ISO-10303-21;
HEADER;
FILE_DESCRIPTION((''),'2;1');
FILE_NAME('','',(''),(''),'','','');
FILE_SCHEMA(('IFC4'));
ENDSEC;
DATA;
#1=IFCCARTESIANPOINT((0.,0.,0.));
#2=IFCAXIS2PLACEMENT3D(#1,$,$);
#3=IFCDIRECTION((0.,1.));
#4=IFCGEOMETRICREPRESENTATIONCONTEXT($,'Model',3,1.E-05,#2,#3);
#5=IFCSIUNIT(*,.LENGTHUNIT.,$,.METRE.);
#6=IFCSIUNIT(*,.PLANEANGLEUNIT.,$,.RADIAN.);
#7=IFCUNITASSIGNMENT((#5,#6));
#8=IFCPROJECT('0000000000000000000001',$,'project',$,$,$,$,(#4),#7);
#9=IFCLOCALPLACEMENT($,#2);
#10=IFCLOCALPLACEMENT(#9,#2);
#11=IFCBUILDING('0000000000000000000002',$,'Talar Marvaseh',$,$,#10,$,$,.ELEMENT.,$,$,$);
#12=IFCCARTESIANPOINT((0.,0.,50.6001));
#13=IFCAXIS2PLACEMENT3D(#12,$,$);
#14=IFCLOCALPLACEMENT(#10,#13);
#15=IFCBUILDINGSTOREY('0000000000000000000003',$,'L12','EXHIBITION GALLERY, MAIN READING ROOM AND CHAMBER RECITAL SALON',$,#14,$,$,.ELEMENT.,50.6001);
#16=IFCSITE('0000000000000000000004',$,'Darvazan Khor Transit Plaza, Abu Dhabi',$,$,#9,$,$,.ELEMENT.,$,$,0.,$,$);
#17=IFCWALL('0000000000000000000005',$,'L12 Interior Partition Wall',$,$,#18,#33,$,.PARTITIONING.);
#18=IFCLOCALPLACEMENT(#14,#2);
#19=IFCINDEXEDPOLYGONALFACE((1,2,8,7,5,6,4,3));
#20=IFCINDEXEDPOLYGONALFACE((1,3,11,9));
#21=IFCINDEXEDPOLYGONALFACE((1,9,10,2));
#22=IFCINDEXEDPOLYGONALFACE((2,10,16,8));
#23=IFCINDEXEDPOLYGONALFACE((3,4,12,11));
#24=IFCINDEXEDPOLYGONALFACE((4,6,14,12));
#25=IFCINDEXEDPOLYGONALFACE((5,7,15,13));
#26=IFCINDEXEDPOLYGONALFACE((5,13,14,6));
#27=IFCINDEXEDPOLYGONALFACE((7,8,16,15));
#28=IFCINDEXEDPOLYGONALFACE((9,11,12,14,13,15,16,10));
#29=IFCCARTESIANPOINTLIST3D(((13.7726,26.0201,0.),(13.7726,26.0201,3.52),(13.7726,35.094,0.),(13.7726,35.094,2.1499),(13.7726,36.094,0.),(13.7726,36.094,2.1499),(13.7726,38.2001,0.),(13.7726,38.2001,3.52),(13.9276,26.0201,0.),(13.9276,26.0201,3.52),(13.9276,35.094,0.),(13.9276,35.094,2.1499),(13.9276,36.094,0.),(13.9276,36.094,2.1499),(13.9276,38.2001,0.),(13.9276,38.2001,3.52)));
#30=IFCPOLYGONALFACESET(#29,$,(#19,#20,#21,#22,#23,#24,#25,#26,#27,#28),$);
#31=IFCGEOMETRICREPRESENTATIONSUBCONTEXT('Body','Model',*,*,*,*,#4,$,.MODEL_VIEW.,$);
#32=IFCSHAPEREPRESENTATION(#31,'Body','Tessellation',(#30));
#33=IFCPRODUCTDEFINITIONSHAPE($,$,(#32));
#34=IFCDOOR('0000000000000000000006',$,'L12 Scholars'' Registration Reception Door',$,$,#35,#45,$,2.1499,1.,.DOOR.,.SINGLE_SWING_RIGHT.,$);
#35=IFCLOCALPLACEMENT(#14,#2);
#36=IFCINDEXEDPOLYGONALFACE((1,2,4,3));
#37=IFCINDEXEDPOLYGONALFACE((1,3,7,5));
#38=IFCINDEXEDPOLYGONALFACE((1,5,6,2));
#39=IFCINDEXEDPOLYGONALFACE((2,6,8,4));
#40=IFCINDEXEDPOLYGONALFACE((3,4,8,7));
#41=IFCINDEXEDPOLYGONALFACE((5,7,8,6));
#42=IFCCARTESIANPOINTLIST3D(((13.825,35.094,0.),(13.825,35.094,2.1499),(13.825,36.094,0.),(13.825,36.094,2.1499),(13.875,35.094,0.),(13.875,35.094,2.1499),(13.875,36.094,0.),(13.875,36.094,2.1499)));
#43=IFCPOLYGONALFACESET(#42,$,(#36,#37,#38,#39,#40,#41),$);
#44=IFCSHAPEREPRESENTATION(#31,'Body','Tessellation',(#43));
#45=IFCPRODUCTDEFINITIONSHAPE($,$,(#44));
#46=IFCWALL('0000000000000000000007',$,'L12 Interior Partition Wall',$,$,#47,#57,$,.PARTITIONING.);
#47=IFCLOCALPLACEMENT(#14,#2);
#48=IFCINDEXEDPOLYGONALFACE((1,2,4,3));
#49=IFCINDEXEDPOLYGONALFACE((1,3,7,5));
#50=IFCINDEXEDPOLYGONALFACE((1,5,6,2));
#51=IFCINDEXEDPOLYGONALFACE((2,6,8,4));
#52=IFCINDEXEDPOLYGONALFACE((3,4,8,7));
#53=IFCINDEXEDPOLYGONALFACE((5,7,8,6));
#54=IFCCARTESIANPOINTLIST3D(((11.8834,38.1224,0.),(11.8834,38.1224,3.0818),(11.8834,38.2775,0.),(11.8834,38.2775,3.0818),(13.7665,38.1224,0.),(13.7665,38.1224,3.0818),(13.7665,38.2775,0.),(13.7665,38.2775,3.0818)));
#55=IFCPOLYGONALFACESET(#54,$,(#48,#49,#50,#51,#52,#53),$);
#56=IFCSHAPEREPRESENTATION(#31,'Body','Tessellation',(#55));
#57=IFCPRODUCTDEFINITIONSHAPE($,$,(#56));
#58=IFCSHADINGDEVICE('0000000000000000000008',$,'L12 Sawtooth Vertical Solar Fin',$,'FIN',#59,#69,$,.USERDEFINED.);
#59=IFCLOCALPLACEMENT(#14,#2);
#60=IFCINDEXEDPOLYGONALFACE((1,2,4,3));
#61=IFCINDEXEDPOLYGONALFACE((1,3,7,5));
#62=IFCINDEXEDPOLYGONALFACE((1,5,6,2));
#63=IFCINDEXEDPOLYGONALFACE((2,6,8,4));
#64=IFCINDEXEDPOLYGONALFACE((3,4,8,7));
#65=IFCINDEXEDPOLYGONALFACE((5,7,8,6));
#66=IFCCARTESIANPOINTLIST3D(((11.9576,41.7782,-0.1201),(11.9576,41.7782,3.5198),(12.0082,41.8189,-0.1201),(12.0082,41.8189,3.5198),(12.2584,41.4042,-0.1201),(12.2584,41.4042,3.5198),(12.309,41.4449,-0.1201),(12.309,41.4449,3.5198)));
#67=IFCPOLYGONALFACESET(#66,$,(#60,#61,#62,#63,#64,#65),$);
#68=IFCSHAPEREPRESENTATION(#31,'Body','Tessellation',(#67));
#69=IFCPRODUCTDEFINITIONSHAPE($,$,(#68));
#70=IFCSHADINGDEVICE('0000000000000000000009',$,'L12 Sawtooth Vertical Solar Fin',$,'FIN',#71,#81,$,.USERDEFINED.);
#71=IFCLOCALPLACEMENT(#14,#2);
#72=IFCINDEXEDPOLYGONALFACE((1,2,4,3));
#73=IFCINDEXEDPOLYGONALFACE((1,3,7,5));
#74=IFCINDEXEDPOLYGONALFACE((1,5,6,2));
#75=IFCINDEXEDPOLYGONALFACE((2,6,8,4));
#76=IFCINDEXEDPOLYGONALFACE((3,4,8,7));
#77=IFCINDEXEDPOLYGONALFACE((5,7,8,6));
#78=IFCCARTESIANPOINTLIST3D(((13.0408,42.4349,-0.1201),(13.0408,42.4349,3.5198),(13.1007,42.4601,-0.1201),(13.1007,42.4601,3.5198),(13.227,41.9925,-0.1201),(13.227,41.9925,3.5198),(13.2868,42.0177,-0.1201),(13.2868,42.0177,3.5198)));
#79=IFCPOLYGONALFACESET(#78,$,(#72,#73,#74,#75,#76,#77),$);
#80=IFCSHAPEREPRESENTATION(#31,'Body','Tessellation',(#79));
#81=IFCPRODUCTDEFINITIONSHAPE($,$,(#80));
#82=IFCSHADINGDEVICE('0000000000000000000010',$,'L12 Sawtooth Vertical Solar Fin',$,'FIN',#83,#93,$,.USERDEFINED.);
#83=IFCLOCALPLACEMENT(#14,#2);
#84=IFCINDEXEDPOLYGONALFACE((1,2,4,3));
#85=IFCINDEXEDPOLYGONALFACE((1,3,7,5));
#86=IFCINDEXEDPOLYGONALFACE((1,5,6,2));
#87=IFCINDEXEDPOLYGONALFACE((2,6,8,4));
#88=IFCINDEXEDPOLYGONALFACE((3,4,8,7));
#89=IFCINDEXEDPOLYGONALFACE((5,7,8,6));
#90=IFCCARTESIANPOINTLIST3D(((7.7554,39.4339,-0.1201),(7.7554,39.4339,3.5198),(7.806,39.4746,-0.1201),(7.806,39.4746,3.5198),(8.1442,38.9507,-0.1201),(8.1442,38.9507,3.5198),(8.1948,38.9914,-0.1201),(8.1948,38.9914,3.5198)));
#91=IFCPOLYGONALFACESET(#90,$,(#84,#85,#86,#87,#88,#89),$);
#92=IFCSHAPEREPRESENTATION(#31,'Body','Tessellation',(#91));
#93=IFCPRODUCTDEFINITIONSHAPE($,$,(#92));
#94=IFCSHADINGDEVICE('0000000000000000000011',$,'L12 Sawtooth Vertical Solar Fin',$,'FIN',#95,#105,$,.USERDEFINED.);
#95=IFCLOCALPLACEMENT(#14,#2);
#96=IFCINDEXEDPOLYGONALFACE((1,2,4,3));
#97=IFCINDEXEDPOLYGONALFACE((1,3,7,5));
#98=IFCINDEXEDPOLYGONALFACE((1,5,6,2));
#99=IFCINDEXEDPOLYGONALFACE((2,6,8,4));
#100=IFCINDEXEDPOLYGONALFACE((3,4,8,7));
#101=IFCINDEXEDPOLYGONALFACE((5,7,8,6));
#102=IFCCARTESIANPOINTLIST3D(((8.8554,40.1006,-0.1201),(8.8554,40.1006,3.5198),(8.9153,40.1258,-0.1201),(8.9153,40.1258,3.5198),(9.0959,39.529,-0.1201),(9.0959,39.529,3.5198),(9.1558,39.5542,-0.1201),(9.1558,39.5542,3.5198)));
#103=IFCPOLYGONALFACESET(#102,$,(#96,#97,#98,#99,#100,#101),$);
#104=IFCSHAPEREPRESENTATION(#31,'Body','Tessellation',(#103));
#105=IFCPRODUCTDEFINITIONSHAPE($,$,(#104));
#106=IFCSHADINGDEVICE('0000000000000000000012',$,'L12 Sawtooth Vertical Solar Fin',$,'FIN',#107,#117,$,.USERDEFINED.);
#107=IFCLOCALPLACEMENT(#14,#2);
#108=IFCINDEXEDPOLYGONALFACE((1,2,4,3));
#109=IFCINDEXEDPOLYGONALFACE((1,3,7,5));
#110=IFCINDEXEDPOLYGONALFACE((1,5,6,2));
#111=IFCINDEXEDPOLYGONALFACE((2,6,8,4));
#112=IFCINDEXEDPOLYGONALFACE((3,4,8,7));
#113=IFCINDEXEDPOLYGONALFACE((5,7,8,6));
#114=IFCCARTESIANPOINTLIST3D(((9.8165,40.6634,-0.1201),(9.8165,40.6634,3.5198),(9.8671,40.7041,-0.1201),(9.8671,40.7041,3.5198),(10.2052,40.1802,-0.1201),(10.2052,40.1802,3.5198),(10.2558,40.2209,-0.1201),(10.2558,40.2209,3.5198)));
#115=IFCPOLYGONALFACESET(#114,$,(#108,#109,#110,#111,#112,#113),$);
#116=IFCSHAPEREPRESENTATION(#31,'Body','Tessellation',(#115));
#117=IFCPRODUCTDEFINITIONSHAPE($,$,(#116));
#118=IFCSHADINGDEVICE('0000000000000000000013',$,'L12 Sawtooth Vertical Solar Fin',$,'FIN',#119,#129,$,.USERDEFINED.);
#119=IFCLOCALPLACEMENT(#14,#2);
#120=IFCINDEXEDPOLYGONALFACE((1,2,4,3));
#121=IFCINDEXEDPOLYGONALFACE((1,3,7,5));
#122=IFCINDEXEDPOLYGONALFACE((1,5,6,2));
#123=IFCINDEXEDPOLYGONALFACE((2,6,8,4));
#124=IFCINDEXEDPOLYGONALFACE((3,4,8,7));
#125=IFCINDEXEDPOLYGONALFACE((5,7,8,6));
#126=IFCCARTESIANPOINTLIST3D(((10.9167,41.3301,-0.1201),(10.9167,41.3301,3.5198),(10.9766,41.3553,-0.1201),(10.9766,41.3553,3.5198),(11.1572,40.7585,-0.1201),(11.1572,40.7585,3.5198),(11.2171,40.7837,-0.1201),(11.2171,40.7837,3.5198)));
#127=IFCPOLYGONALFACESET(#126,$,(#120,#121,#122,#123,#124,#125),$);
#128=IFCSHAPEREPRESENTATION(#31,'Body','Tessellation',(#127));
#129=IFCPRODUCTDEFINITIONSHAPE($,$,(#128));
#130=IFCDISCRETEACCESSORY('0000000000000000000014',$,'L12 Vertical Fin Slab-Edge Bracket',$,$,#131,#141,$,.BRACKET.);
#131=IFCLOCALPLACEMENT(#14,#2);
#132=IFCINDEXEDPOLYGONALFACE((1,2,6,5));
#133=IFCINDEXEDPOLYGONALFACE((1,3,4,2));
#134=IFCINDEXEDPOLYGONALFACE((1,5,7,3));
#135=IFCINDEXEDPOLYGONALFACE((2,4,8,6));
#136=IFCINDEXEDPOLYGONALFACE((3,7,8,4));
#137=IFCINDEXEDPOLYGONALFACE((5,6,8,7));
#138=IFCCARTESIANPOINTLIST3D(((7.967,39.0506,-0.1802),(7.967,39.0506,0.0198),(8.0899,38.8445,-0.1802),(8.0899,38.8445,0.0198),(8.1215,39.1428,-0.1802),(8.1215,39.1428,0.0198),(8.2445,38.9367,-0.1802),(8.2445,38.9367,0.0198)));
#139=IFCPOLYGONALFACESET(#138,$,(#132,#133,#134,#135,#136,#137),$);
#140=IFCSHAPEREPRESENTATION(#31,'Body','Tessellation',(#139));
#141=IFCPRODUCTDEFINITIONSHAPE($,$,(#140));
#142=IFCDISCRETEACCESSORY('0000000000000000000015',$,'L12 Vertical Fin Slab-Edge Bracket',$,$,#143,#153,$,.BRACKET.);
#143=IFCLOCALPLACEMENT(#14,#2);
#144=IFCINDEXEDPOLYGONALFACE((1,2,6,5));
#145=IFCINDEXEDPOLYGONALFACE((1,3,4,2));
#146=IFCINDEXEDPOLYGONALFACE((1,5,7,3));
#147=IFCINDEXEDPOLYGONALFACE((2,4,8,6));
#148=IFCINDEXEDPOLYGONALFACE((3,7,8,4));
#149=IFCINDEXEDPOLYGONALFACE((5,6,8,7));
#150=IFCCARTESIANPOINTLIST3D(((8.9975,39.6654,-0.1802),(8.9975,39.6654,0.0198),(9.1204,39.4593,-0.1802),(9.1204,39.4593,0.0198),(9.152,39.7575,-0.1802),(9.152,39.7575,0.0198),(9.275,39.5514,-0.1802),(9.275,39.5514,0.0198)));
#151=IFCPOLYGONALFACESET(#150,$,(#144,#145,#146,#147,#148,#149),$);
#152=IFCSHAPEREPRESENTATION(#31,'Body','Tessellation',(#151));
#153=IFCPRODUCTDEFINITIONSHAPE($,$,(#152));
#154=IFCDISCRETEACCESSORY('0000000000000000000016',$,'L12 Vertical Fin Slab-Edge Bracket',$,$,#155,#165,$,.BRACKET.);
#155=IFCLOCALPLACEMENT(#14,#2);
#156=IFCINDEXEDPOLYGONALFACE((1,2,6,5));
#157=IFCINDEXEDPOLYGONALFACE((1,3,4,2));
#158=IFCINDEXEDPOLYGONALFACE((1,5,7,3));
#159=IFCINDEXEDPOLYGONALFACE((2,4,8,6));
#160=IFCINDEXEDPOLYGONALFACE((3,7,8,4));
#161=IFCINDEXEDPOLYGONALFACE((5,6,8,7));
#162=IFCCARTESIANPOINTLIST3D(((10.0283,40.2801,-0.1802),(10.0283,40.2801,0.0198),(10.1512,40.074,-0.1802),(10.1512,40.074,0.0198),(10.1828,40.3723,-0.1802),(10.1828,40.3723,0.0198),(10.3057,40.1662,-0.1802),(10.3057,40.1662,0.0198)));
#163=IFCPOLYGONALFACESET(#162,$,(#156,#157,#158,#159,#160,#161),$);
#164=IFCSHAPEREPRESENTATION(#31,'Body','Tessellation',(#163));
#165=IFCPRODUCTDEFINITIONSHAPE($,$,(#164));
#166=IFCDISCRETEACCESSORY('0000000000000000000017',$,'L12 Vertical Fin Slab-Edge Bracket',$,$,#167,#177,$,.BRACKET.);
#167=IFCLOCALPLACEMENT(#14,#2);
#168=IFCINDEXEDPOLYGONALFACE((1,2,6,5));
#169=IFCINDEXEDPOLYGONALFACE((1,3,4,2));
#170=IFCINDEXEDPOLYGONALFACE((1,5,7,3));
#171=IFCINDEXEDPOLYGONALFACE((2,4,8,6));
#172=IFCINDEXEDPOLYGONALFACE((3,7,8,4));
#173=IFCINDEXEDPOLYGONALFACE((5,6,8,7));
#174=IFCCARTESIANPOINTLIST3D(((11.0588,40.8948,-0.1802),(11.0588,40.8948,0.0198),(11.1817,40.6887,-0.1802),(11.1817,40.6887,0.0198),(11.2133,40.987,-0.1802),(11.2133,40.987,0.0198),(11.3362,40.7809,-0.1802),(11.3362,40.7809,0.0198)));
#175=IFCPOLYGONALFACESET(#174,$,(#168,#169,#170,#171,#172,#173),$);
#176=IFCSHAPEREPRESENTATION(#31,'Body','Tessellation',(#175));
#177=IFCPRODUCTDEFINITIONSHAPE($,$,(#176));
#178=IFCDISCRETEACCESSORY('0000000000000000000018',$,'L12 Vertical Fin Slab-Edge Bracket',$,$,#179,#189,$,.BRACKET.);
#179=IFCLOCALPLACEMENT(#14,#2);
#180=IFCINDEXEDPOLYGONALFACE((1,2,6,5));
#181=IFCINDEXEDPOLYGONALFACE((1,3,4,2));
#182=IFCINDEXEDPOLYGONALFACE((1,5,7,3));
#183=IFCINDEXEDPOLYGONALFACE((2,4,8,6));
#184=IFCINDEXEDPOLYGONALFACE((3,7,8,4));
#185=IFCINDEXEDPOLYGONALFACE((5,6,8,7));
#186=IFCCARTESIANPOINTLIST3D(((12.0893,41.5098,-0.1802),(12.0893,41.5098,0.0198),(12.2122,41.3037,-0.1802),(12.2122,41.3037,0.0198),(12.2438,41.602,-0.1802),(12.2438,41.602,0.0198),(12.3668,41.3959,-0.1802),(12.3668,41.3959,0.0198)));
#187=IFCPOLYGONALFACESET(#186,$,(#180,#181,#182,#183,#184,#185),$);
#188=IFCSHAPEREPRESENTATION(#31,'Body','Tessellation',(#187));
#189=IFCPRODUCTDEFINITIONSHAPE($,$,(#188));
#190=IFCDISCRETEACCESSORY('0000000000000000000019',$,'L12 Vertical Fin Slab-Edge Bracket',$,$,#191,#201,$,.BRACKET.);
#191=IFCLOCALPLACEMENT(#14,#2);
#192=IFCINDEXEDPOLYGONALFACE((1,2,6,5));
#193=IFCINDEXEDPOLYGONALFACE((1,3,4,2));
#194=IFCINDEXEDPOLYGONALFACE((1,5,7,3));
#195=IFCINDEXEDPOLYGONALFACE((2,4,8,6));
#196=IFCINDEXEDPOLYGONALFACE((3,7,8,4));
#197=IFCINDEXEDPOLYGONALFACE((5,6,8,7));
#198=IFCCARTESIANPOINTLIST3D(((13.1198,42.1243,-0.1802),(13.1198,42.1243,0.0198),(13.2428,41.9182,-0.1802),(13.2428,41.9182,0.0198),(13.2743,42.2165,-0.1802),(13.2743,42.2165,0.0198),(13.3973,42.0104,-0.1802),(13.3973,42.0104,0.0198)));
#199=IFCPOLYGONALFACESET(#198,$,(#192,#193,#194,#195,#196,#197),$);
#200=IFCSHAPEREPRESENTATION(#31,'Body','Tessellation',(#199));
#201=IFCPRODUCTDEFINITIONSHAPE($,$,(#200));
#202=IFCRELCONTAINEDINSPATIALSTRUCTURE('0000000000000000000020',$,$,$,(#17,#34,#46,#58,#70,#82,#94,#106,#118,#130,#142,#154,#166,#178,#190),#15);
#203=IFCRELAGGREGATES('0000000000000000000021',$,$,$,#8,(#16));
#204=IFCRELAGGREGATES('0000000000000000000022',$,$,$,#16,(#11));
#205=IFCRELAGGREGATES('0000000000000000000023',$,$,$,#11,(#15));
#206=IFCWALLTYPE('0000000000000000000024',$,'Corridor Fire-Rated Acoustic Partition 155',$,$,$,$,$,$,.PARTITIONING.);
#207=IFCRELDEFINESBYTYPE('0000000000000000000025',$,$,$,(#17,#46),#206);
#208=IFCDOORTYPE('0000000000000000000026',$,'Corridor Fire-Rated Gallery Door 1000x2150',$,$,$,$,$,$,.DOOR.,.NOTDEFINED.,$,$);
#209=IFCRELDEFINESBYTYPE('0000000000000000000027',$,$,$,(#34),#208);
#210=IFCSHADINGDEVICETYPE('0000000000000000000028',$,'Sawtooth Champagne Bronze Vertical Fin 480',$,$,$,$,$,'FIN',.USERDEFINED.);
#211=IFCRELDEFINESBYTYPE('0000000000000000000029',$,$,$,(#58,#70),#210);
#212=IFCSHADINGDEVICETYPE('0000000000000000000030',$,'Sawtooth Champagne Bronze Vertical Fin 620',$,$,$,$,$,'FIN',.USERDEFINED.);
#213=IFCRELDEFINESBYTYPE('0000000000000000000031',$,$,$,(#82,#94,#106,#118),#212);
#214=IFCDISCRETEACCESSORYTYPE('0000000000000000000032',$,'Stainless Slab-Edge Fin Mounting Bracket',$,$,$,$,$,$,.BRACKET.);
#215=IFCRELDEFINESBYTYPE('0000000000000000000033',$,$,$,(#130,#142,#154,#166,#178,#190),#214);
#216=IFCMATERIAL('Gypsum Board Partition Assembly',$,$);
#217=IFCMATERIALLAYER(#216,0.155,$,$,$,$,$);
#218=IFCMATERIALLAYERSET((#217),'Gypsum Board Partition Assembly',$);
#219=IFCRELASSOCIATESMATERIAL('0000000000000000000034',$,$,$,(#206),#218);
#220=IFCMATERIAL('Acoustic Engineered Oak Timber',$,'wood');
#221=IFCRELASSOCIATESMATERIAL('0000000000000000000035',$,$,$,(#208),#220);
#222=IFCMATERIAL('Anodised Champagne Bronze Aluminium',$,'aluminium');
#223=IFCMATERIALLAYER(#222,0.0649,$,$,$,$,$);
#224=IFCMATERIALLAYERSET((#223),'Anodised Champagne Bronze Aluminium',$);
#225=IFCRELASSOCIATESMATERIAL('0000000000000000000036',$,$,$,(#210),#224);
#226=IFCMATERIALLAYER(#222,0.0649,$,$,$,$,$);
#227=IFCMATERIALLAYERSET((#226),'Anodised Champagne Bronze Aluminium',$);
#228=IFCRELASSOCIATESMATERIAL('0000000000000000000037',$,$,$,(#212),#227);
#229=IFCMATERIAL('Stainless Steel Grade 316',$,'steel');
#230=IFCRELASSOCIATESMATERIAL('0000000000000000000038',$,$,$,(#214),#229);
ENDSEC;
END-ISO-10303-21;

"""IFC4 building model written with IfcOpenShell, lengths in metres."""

from ifc_helpers import new_model, si_unit, direction, frame, frame_2d, origin, origin_2d, place, context, subcontext, project, spatial, rectangle, extrude, source, transform, mapped, material, layer, layer_set, type_object, type_shapes, element, fill, save


model = new_model("IFC4")

# Units and contexts
model_context = context("Model", 3, precision=1e-05, world=origin(), true_north=direction((0.0, 1.0)))
body_context = subcontext(model_context, "Body", "Model", "MODEL_VIEW")
ifc_project = project(units=[si_unit("LENGTHUNIT", "METRE"), si_unit("PLANEANGLEUNIT", "RADIAN")], contexts=[model_context])

# Site, building, storey
site_placement = place(None, origin())
site = spatial("IfcSite", under=ifc_project, at=site_placement, Name="Darvazan Khor Transit Plaza, Abu Dhabi", CompositionType="ELEMENT", RefElevation=0.0)
building_placement = place(site_placement, origin())
building = spatial("IfcBuilding", under=site, at=building_placement, Name="Talar Marvaseh", CompositionType="ELEMENT")
storey_placement = place(building_placement, frame((0.0, 0.0, 50.6001)))
storey = spatial("IfcBuildingStorey", under=building, at=storey_placement, Name="L12", Description="EXHIBITION GALLERY, MAIN READING ROOM AND CHAMBER RECITAL SALON", CompositionType="ELEMENT", Elevation=50.6001)

# Wall, opening, door
ifc_material_1 = material(Name="Gypsum Board Partition Assembly")
ifc_layer_1 = layer(ifc_material_1, 0.155)
ifc_layer_set_1 = layer_set([ifc_layer_1], Name="Gypsum Board Partition Assembly")
wall_type = type_object("IfcWallType", Name="Corridor Fire-Rated Acoustic Partition 155", PredefinedType="PARTITIONING", material=ifc_layer_set_1)
wall_1_placement = place(storey_placement, frame((13.8501, 38.2, 0.0), z_axis=(0.0, 0.0, 1.0), x_axis=(0.0, -1.0, 0.0)))
wall_1 = element("IfcWall", 1, at=wall_1_placement, inside=storey, type_object=wall_type, Name="L12 Interior Partition Wall", PredefinedType="PARTITIONING", context=body_context, shape_type="SweptSolid", body=[
    extrude(rectangle(XDim=12.1799, YDim=0.155, at=frame_2d((6.0898, 0.0))), origin(), (0.0, 0.0, 1.0), 3.52),
])
opening_placement = place(wall_1_placement, frame((2.106, 0.0, 0.0)))
opening = element("IfcOpeningElement", 2, at=opening_placement, cuts=wall_1, PredefinedType="OPENING", context=body_context, shape_type="SweptSolid", body=[
    extrude(rectangle(XDim=1.0, YDim=2.1499, at=frame_2d((0.5, 1.075))), frame((0.0, 0.0874, 0.0), z_axis=(0.0, -1.0, 0.0), x_axis=(1.0, 0.0, 0.0)), (0.0, 0.0, 1.0), 0.175),
])
ifc_material_2 = material(Name="Acoustic Engineered Oak Timber", Category="wood")
door_type = type_object("IfcDoorType", Name="Corridor Fire-Rated Gallery Door 1000x2150", OperationType="NOTDEFINED", PredefinedType="DOOR", material=ifc_material_2)
shared_shape_1 = source(origin(), body_context, "Body", "SweptSolid", [
    extrude(rectangle(XDim=1.0, YDim=2.1499, at=frame_2d((0.5, 1.075))), frame((0.0, 0.0249, 0.0), z_axis=(0.0, -1.0, 0.0), x_axis=(1.0, 0.0, 0.0)), (0.0, 0.0, 1.0), 0.05),
])
type_shapes(door_type, [shared_shape_1])
door_placement = place(opening_placement, origin())
door = element("IfcDoor", 3, at=door_placement, inside=storey, type_object=door_type, Name="L12 Scholars' Registration Reception Door", OperationType="SINGLE_SWING_RIGHT", OverallHeight=2.1499, OverallWidth=1.0, PredefinedType="DOOR", context=body_context, shape_type="MappedRepresentation", body=[
    mapped(shared_shape_1, transform((0.0, 0.0, 0.0), x_axis=(1.0, 0.0, 0.0), y_axis=(0.0, 1.0, 0.0), z_axis=(0.0, 0.0, 1.0), scale=1.0)),
])
fill(opening, door)

# Wall
wall_2_placement = place(storey_placement, frame((11.8835, 38.2, 0.0), z_axis=(0.0, 0.0, 1.0), x_axis=(1.0, 0.0, 0.0)))
element("IfcWall", 4, at=wall_2_placement, inside=storey, type_object=wall_type, Name="L12 Interior Partition Wall", PredefinedType="PARTITIONING", context=body_context, shape_type="SweptSolid", body=[
    extrude(rectangle(XDim=1.8831, YDim=0.155, at=frame_2d((0.9414, 0.0))), origin(), (0.0, 0.0, 1.0), 3.0818),
])

# Shading devices
ifc_material_3 = material(Name="Anodised Champagne Bronze Aluminium", Category="aluminium")
ifc_layer_2 = layer(ifc_material_3, 0.0649)
ifc_layer_set_2 = layer_set([ifc_layer_2], Name="Anodised Champagne Bronze Aluminium")
shading_device_type_1 = type_object("IfcShadingDeviceType", Name="Sawtooth Champagne Bronze Vertical Fin 480", ElementType="FIN", PredefinedType="USERDEFINED", material=ifc_layer_set_2)
shared_shape_2 = source(origin(), body_context, "Body", "SweptSolid", [
    extrude(rectangle(XDim=0.48, YDim=0.0649, at=origin_2d()), origin(), (0.0, 0.0, 1.0), 3.6399),
])
type_shapes(shading_device_type_1, [shared_shape_2])
for number, where, z_axis, x_axis, name in (
    (5, (12.1333, 41.6116, -0.1201), (0.0, 0.0, 1.0), (-0.626876, 0.779119, 0.0), "L12 Sawtooth Vertical Solar Fin"),
    (6, (13.1638, 42.2263, -0.1201), (0.0, 0.0, 1.0), (-0.387837, 0.921728, 0.0), "L12 Sawtooth Vertical Solar Fin"),
):
    element("IfcShadingDevice", number, at=place(storey_placement, frame(where, z_axis=z_axis, x_axis=x_axis)), inside=storey, type_object=shading_device_type_1, Name=name, ObjectType="FIN", PredefinedType="USERDEFINED", context=body_context, shape_type="MappedRepresentation", body=[
        mapped(shared_shape_2, transform((0.0, 0.0, 0.0), x_axis=(1.0, 0.0, 0.0), y_axis=(0.0, 1.0, 0.0), z_axis=(0.0, 0.0, 1.0), scale=1.0)),
    ])
ifc_layer_3 = layer(ifc_material_3, 0.0649)
ifc_layer_set_3 = layer_set([ifc_layer_3], Name="Anodised Champagne Bronze Aluminium")
shading_device_type_2 = type_object("IfcShadingDeviceType", Name="Sawtooth Champagne Bronze Vertical Fin 620", ElementType="FIN", PredefinedType="USERDEFINED", material=ifc_layer_set_3)
shared_shape_3 = source(origin(), body_context, "Body", "SweptSolid", [
    extrude(rectangle(XDim=0.6201, YDim=0.0649, at=origin_2d()), origin(), (0.0, 0.0, 1.0), 3.6399),
])
type_shapes(shading_device_type_2, [shared_shape_3])
for number, where, z_axis, x_axis, name in (
    (7, (7.9751, 39.2126, -0.1201), (0.0, 0.0, 1.0), (-0.626876, 0.779119, 0.0), "L12 Sawtooth Vertical Solar Fin"),
    (8, (9.0056, 39.8274, -0.1201), (0.0, 0.0, 1.0), (-0.387837, 0.921728, 0.0), "L12 Sawtooth Vertical Solar Fin"),
    (9, (10.0361, 40.4421, -0.1201), (0.0, 0.0, 1.0), (-0.626876, 0.779119, 0.0), "L12 Sawtooth Vertical Solar Fin"),
    (10, (11.0669, 41.0569, -0.1201), (0.0, 0.0, 1.0), (-0.387837, 0.921728, 0.0), "L12 Sawtooth Vertical Solar Fin"),
):
    element("IfcShadingDevice", number, at=place(storey_placement, frame(where, z_axis=z_axis, x_axis=x_axis)), inside=storey, type_object=shading_device_type_2, Name=name, ObjectType="FIN", PredefinedType="USERDEFINED", context=body_context, shape_type="MappedRepresentation", body=[
        mapped(shared_shape_3, transform((0.0, 0.0, 0.0), x_axis=(1.0, 0.0, 0.0), y_axis=(0.0, 1.0, 0.0), z_axis=(0.0, 0.0, 1.0), scale=1.0)),
    ])

# Discrete accessories
ifc_material_4 = material(Name="Stainless Steel Grade 316", Category="steel")
discrete_accessory_type = type_object("IfcDiscreteAccessoryType", Name="Stainless Slab-Edge Fin Mounting Bracket", PredefinedType="BRACKET", material=ifc_material_4)
shared_shape_4 = source(origin(), body_context, "Body", "SweptSolid", [
    extrude(rectangle(XDim=0.24, YDim=0.1799, at=origin_2d()), origin(), (0.0, 0.0, 1.0), 0.2),
])
type_shapes(discrete_accessory_type, [shared_shape_4])
for number, where, z_axis, x_axis, name in (
    (11, (8.1057, 38.9937, -0.1802), (0.0, 0.0, 1.0), (-0.512343, 0.858781, 0.0), "L12 Vertical Fin Slab-Edge Bracket"),
    (12, (9.1362, 39.6084, -0.1802), (0.0, 0.0, 1.0), (-0.512343, 0.858781, 0.0), "L12 Vertical Fin Slab-Edge Bracket"),
    (13, (10.167, 40.2231, -0.1802), (0.0, 0.0, 1.0), (-0.512343, 0.858781, 0.0), "L12 Vertical Fin Slab-Edge Bracket"),
    (14, (11.1975, 40.8379, -0.1802), (0.0, 0.0, 1.0), (-0.512343, 0.858781, 0.0), "L12 Vertical Fin Slab-Edge Bracket"),
    (15, (12.228, 41.4529, -0.1802), (0.0, 0.0, 1.0), (-0.512343, 0.858781, 0.0), "L12 Vertical Fin Slab-Edge Bracket"),
    (16, (13.2585, 42.0674, -0.1802), (0.0, 0.0, 1.0), (-0.512343, 0.858781, 0.0), "L12 Vertical Fin Slab-Edge Bracket"),
):
    element("IfcDiscreteAccessory", number, at=place(storey_placement, frame(where, z_axis=z_axis, x_axis=x_axis)), inside=storey, type_object=discrete_accessory_type, Name=name, PredefinedType="BRACKET", context=body_context, shape_type="MappedRepresentation", body=[
        mapped(shared_shape_4, transform((0.0, 0.0, 0.0), x_axis=(1.0, 0.0, 0.0), y_axis=(0.0, 1.0, 0.0), z_axis=(0.0, 0.0, 1.0), scale=1.0)),
    ])

save(model, "model.ifc")
